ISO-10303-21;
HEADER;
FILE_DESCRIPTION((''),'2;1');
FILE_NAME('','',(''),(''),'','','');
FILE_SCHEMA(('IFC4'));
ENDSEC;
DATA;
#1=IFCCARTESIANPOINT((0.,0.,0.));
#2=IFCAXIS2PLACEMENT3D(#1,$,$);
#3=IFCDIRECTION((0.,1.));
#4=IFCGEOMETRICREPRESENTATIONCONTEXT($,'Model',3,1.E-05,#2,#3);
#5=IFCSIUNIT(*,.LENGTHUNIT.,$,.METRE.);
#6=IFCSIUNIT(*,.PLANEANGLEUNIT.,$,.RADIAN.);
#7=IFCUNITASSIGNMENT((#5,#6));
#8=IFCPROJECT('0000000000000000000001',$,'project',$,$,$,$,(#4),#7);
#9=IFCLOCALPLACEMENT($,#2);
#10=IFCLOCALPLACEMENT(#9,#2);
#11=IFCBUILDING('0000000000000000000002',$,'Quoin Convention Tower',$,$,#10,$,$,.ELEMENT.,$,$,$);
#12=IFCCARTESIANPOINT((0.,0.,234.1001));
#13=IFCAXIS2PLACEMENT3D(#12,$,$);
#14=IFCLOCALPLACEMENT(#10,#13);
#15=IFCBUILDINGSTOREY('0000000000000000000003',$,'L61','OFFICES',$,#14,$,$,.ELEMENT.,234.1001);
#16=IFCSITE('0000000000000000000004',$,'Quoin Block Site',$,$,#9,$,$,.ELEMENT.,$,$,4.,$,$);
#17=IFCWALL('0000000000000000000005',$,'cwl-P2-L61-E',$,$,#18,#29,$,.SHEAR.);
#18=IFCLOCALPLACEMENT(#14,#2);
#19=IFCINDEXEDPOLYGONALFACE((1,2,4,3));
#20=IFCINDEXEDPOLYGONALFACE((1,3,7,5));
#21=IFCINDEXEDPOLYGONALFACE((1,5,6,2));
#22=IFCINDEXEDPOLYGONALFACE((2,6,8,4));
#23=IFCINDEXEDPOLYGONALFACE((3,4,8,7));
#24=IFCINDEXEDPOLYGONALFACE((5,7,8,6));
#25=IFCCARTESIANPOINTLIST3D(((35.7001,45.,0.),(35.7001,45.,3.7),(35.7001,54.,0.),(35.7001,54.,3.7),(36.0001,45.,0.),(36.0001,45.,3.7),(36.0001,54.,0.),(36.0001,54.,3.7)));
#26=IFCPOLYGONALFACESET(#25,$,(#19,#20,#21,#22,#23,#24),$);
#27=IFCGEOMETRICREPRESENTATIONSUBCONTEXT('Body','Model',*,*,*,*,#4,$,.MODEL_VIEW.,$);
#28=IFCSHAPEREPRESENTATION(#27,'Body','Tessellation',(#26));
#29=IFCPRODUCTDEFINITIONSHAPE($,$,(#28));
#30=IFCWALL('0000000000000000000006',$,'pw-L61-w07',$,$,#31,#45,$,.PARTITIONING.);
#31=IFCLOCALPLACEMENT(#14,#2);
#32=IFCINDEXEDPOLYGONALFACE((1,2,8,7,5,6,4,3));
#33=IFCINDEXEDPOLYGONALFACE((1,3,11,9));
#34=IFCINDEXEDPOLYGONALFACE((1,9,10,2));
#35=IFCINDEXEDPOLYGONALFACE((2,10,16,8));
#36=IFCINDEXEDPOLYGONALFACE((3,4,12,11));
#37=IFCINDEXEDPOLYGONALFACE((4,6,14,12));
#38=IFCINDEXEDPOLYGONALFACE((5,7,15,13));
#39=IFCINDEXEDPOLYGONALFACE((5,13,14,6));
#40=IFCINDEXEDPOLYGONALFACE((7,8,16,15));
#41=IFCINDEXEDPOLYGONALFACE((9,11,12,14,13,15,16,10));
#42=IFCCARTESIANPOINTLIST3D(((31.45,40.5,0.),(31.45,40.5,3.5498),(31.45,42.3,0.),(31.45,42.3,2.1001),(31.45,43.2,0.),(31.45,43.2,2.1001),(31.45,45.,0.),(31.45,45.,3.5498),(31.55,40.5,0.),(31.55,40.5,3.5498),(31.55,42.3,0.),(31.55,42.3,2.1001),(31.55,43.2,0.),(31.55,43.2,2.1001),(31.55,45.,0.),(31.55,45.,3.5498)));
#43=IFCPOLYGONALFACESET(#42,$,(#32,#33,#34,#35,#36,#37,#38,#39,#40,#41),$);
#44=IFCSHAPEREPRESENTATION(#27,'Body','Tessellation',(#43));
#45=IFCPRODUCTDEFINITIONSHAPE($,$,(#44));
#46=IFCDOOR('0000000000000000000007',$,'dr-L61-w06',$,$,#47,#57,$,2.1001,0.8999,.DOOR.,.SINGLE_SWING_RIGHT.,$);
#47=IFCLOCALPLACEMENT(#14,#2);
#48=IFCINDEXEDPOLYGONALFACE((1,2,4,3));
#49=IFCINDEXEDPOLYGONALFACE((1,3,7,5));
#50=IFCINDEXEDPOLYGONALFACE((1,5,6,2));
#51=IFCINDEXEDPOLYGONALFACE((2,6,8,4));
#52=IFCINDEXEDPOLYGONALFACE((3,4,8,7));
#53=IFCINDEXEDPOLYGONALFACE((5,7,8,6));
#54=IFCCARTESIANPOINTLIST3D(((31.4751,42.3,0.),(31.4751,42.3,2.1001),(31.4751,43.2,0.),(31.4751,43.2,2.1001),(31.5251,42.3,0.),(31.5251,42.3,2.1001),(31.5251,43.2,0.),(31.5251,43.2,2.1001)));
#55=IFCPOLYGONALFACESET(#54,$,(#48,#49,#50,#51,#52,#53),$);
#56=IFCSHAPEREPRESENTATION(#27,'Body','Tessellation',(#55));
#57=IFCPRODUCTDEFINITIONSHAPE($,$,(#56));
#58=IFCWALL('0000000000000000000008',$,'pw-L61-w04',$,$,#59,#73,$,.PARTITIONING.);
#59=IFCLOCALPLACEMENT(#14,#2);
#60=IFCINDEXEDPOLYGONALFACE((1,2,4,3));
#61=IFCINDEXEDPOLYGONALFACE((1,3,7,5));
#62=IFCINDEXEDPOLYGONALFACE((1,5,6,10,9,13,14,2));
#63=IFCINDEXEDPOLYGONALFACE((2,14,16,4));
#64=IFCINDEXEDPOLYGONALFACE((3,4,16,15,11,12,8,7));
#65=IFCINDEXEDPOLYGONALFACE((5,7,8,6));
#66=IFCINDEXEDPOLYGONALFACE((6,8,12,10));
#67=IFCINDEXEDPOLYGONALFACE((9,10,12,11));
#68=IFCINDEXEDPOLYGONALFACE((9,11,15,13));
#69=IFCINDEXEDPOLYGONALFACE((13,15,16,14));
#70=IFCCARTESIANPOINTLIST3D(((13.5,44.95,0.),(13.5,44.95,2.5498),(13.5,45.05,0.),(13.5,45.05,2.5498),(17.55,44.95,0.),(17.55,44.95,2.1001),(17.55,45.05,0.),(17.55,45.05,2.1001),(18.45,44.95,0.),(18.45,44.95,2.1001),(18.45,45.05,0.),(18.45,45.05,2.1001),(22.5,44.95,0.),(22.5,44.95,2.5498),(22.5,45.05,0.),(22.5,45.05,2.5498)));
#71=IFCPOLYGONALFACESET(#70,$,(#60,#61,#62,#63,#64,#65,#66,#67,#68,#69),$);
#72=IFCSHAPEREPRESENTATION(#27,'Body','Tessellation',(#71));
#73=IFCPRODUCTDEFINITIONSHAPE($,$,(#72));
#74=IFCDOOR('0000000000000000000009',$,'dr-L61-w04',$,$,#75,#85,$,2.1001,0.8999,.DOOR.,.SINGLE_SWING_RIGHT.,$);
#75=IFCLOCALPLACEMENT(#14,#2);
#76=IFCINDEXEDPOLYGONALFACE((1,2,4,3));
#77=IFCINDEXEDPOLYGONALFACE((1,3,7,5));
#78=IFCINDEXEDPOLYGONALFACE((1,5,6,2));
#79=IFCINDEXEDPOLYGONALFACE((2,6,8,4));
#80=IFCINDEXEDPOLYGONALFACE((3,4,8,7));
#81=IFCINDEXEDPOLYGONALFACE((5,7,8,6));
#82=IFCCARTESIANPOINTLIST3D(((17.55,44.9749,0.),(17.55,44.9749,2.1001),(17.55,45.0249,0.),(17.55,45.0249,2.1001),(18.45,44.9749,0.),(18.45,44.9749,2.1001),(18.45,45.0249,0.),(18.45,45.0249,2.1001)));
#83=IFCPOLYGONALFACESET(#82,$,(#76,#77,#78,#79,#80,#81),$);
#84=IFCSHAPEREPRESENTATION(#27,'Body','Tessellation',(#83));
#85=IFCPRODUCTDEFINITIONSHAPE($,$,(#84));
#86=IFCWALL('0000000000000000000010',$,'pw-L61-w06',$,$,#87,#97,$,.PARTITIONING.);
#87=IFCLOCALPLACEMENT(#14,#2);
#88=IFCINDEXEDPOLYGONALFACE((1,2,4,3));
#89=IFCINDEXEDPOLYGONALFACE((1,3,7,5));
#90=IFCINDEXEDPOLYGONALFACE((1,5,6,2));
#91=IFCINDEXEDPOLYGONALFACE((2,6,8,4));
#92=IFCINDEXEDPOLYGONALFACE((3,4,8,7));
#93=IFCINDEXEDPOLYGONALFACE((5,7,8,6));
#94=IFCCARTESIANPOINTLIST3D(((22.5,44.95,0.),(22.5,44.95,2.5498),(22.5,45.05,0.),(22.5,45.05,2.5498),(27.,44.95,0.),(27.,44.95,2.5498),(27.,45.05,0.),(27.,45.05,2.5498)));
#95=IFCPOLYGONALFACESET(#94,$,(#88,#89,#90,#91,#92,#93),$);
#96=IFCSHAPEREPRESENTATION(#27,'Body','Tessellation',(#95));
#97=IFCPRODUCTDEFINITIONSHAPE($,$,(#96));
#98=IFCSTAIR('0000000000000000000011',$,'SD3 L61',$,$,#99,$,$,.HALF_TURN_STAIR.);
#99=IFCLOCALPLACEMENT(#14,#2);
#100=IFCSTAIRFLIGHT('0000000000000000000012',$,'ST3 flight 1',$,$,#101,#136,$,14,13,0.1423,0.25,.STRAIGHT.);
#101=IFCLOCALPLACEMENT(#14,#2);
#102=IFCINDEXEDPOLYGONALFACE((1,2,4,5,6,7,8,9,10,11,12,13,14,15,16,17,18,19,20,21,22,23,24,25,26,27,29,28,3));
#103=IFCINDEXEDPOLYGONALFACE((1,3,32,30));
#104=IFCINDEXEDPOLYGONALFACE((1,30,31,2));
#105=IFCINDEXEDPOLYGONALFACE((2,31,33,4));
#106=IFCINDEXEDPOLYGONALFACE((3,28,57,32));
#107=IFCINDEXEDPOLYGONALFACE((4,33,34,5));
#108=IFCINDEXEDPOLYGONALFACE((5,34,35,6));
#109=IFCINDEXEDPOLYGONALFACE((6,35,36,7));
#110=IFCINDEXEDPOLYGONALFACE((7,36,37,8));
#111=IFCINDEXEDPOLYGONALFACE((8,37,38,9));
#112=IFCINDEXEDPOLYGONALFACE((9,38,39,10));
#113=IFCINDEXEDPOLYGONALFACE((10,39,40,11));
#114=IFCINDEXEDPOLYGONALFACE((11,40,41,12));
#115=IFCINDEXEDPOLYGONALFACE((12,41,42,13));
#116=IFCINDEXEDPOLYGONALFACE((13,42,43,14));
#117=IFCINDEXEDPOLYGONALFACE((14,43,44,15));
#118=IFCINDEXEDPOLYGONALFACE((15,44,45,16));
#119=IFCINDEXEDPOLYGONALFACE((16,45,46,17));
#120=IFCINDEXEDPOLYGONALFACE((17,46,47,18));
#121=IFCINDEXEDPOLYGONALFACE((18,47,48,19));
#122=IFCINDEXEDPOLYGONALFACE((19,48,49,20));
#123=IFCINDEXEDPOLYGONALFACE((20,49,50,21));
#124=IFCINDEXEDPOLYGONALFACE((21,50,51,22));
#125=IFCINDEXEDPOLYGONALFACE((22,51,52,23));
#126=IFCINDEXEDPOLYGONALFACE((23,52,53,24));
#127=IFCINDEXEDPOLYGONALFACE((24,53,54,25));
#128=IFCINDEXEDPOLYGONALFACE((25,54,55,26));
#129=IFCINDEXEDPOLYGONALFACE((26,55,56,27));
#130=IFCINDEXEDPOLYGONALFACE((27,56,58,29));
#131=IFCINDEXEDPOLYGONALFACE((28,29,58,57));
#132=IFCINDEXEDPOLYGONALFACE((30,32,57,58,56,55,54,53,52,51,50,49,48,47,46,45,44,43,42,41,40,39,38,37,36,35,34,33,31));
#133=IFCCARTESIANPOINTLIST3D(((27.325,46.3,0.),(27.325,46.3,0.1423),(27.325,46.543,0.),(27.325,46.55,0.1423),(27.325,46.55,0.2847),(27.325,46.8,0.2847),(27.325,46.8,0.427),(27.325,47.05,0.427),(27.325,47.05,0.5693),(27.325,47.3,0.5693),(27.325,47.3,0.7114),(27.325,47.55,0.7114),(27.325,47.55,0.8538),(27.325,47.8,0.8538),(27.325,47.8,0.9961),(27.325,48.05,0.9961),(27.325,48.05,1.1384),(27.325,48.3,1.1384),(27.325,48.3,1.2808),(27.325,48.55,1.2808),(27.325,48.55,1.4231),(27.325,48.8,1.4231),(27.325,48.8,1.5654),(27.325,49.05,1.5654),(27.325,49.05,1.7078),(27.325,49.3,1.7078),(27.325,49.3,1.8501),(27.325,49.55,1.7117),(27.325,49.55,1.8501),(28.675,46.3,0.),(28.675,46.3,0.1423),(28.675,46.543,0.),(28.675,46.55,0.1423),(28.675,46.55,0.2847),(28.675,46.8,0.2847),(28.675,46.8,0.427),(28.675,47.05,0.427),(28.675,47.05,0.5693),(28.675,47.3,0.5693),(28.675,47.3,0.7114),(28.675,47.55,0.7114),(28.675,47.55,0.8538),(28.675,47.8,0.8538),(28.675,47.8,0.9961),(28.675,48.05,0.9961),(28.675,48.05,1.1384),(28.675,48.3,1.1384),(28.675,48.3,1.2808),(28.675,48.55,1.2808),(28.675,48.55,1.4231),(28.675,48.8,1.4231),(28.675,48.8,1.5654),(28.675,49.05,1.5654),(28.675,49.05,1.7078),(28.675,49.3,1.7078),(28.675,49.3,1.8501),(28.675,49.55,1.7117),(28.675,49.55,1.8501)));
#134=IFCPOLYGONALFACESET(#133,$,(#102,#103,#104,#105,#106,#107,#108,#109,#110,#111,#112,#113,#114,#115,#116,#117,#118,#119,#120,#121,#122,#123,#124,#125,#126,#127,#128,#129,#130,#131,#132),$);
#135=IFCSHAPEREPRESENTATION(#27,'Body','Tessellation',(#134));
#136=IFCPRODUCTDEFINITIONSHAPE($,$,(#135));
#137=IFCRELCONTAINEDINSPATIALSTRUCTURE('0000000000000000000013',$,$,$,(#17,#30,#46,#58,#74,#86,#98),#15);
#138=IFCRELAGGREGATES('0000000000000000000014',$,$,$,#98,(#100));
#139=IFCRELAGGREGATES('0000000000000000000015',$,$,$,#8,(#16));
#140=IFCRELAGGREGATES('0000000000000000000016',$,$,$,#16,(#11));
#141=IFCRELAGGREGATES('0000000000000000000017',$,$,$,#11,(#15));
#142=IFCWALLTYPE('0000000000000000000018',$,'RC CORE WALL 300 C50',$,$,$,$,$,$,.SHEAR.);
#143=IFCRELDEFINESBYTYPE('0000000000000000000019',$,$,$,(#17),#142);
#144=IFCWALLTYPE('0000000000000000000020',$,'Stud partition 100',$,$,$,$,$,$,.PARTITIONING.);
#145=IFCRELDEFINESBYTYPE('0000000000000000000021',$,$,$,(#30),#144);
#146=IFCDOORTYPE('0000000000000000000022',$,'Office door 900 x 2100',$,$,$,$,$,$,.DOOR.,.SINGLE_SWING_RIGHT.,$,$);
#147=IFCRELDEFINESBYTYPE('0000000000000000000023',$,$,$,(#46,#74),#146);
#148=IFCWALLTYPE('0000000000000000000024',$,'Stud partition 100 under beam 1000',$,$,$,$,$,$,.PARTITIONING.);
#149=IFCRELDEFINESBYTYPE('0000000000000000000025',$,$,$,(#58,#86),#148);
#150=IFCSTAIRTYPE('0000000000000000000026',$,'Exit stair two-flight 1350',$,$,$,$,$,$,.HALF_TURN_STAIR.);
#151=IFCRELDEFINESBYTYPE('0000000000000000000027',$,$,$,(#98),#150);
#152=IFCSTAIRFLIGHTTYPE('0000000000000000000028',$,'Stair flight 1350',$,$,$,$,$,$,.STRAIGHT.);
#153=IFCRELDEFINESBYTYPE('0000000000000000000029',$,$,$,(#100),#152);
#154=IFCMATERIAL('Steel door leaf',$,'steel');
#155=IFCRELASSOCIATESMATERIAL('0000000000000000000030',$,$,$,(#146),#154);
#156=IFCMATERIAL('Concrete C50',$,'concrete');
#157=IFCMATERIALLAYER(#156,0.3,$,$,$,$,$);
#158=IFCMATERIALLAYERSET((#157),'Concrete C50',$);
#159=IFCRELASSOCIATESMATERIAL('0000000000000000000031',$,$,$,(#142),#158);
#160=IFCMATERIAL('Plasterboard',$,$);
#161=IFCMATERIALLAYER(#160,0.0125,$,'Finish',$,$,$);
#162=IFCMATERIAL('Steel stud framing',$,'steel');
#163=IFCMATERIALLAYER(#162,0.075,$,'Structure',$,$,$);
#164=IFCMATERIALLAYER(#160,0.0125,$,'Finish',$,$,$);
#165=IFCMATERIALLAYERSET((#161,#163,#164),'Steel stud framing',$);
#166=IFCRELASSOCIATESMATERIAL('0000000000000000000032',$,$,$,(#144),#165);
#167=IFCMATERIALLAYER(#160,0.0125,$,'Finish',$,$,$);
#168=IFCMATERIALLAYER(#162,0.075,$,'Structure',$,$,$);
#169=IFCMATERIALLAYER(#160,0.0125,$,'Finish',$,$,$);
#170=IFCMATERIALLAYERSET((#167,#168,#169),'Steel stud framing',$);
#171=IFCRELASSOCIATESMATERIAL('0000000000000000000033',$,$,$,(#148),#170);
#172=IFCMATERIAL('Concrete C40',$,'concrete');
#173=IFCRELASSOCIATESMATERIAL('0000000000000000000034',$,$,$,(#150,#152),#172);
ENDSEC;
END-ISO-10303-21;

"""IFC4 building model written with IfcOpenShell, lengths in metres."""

from ifc_helpers import new_model, si_unit, direction, frame, frame_2d, origin, place, context, subcontext, project, spatial, polyline, rectangle, outline, extrude, material, layer, layer_set, type_object, element, fill, aggregate, save


model = new_model("IFC4")

# Units and contexts
model_context = context("Model", 3, precision=1e-05, world=origin(), true_north=direction((0.0, 1.0)))
body_context = subcontext(model_context, "Body", "Model", "MODEL_VIEW")
ifc_project = project(units=[si_unit("LENGTHUNIT", "METRE"), si_unit("PLANEANGLEUNIT", "RADIAN")], contexts=[model_context])

# Site, building, storey
site_placement = place(None, origin())
site = spatial("IfcSite", under=ifc_project, at=site_placement, Name="Quoin Block Site", CompositionType="ELEMENT", RefElevation=4.0)
building_placement = place(site_placement, origin())
building = spatial("IfcBuilding", under=site, at=building_placement, Name="Quoin Convention Tower", CompositionType="ELEMENT")
storey_placement = place(building_placement, frame((0.0, 0.0, 234.1001)))
storey = spatial("IfcBuildingStorey", under=building, at=storey_placement, Name="L61", Description="OFFICES", CompositionType="ELEMENT", Elevation=234.1001)

# Shared definitions
ifc_material_1 = material(Name="Concrete C50", Category="concrete")

# Shared definitions
ifc_material_2 = material(Name="Plasterboard")
ifc_material_3 = material(Name="Steel stud framing", Category="steel")
ifc_material_4 = material(Name="Steel door leaf", Category="steel")
door_type_1 = type_object("IfcDoorType", Name="Office door 900 x 2100", OperationType="SINGLE_SWING_RIGHT", PredefinedType="DOOR", material=ifc_material_4)
ifc_layer_1 = layer(ifc_material_1, 0.3)
ifc_layer_set_1 = layer_set([ifc_layer_1], Name="Concrete C50")
wall_type_1 = type_object("IfcWallType", Name="RC CORE WALL 300 C50", PredefinedType="SHEAR", material=ifc_layer_set_1)

# Wall
wall_1_placement = place(storey_placement, frame((35.8501, 45.0, 0.0), z_axis=(0.0, 0.0, 1.0), x_axis=(0.0, 1.0, 0.0)))
element("IfcWall", 1, at=wall_1_placement, inside=storey, type_object=wall_type_1, Name="cwl-P2-L61-E", PredefinedType="SHEAR", context=body_context, shape_type="SweptSolid", body=[
    extrude(rectangle(XDim=9.0, YDim=0.3, at=frame_2d((4.5, 0.0))), origin(), (0.0, 0.0, 1.0), 3.7),
])

# Walls, openings, doors
ifc_layer_2 = layer(ifc_material_2, 0.0125, Name="Finish")
ifc_layer_3 = layer(ifc_material_3, 0.075, Name="Structure")
ifc_layer_4 = layer(ifc_material_2, 0.0125, Name="Finish")
ifc_layer_set_2 = layer_set([ifc_layer_2, ifc_layer_3, ifc_layer_4], Name="Steel stud framing")
wall_type_2 = type_object("IfcWallType", Name="Stud partition 100", PredefinedType="PARTITIONING", material=ifc_layer_set_2)
wall_2_placement = place(storey_placement, frame((31.5, 45.0, 0.0), z_axis=(0.0, 0.0, 1.0), x_axis=(0.0, -1.0, 0.0)))
wall_2 = element("IfcWall", 2, at=wall_2_placement, inside=storey, type_object=wall_type_2, Name="pw-L61-w07", PredefinedType="PARTITIONING", context=body_context, shape_type="SweptSolid", body=[
    extrude(rectangle(XDim=4.5, YDim=0.1001, at=frame_2d((2.25, 0.0))), origin(), (0.0, 0.0, 1.0), 3.5498),
])
opening_1_placement = place(wall_2_placement, frame((1.8, 0.0, 0.0)))
opening_1 = element("IfcOpeningElement", 3, at=opening_1_placement, cuts=wall_2, PredefinedType="OPENING", context=body_context, shape_type="SweptSolid", body=[
    extrude(rectangle(XDim=0.8999, YDim=2.1001, at=frame_2d((0.45, 1.05))), frame((0.0, 0.0601, 0.0), z_axis=(0.0, -1.0, 0.0), x_axis=(1.0, 0.0, 0.0)), (0.0, 0.0, 1.0), 0.1201),
])
door_1_placement = place(opening_1_placement, frame((0.8999, 0.0, 0.0), z_axis=(0.0, 0.0, 1.0), x_axis=(-1.0, 0.0, 0.0)))
door_1 = element("IfcDoor", 4, at=door_1_placement, inside=storey, type_object=door_type_1, Name="dr-L61-w06", OperationType="SINGLE_SWING_RIGHT", OverallHeight=2.1001, OverallWidth=0.8999, PredefinedType="DOOR", context=body_context, shape_type="SweptSolid", body=[
    extrude(rectangle(XDim=0.8999, YDim=2.1001, at=frame_2d((0.45, 1.05))), frame((0.0, 0.0249, 0.0), z_axis=(0.0, -1.0, 0.0), x_axis=(1.0, 0.0, 0.0)), (0.0, 0.0, 1.0), 0.05),
])
fill(opening_1, door_1)
ifc_layer_5 = layer(ifc_material_2, 0.0125, Name="Finish")
ifc_layer_6 = layer(ifc_material_3, 0.075, Name="Structure")
ifc_layer_7 = layer(ifc_material_2, 0.0125, Name="Finish")
ifc_layer_set_3 = layer_set([ifc_layer_5, ifc_layer_6, ifc_layer_7], Name="Steel stud framing")
wall_type_3 = type_object("IfcWallType", Name="Stud partition 100 under beam 1000", PredefinedType="PARTITIONING", material=ifc_layer_set_3)
wall_3_placement = place(storey_placement, frame((22.5, 45.0, 0.0), z_axis=(0.0, 0.0, 1.0), x_axis=(-1.0, 0.0, 0.0)))
wall_3 = element("IfcWall", 5, at=wall_3_placement, inside=storey, type_object=wall_type_3, Name="pw-L61-w04", PredefinedType="PARTITIONING", context=body_context, shape_type="SweptSolid", body=[
    extrude(rectangle(XDim=9.0, YDim=0.1001, at=frame_2d((4.5, 0.0))), origin(), (0.0, 0.0, 1.0), 2.5498),
])
opening_2_placement = place(wall_3_placement, frame((4.05, 0.0, 0.0)))
opening_2 = element("IfcOpeningElement", 6, at=opening_2_placement, cuts=wall_3, PredefinedType="OPENING", context=body_context, shape_type="SweptSolid", body=[
    extrude(rectangle(XDim=0.8999, YDim=2.1001, at=frame_2d((0.45, 1.05))), frame((0.0, 0.0601, 0.0), z_axis=(0.0, -1.0, 0.0), x_axis=(1.0, 0.0, 0.0)), (0.0, 0.0, 1.0), 0.1201),
])
door_2_placement = place(opening_2_placement, frame((0.8999, 0.0, 0.0), z_axis=(0.0, 0.0, 1.0), x_axis=(-1.0, 0.0, 0.0)))
door_2 = element("IfcDoor", 7, at=door_2_placement, inside=storey, type_object=door_type_1, Name="dr-L61-w04", OperationType="SINGLE_SWING_RIGHT", OverallHeight=2.1001, OverallWidth=0.8999, PredefinedType="DOOR", context=body_context, shape_type="SweptSolid", body=[
    extrude(rectangle(XDim=0.8999, YDim=2.1001, at=frame_2d((0.45, 1.05))), frame((0.0, 0.0249, 0.0), z_axis=(0.0, -1.0, 0.0), x_axis=(1.0, 0.0, 0.0)), (0.0, 0.0, 1.0), 0.05),
])
fill(opening_2, door_2)

# Wall
wall_4_placement = place(storey_placement, frame((22.5, 45.0, 0.0), z_axis=(0.0, 0.0, 1.0), x_axis=(1.0, 0.0, 0.0)))
element("IfcWall", 8, at=wall_4_placement, inside=storey, type_object=wall_type_3, Name="pw-L61-w06", PredefinedType="PARTITIONING", context=body_context, shape_type="SweptSolid", body=[
    extrude(rectangle(XDim=4.5, YDim=0.1001, at=frame_2d((2.25, 0.0))), origin(), (0.0, 0.0, 1.0), 2.5498),
])

# Stair, stair flight
ifc_material_5 = material(Name="Concrete C40", Category="concrete")
stair_type = type_object("IfcStairType", Name="Exit stair two-flight 1350", PredefinedType="HALF_TURN_STAIR", material=ifc_material_5)
stair_placement = place(storey_placement, origin())
stair = element("IfcStair", 9, at=stair_placement, inside=storey, type_object=stair_type, Name="SD3 L61", PredefinedType="HALF_TURN_STAIR")
stair_flight_type = type_object("IfcStairFlightType", Name="Stair flight 1350", PredefinedType="STRAIGHT", material=ifc_material_5)
stair_flight_placement = place(storey_placement, frame((28.0, 46.3, 0.0), z_axis=(0.0, 0.0, 1.0), x_axis=(0.0, 1.0, 0.0)))
stair_flight = element("IfcStairFlight", 10, at=stair_flight_placement, type_object=stair_flight_type, Name="ST3 flight 1", NumberOfRisers=14, NumberOfTreads=13, PredefinedType="STRAIGHT", RiserHeight=0.1423, TreadLength=0.25, context=body_context, shape_type="SweptSolid", body=[
    extrude(outline(polyline([(0.0, 0.0), (0.0, 0.1423), (0.25, 0.1423), (0.25, 0.2847), (0.5, 0.2847), (0.5, 0.427), (0.75, 0.427), (0.75, 0.5693), (1.0, 0.5693), (1.0, 0.7114), (1.25, 0.7114), (1.25, 0.8538), (1.5, 0.8538), (1.5, 0.9961), (1.75, 0.9961), (1.75, 1.1384), (2.0, 1.1384), (2.0, 1.2808), (2.25, 1.2808), (2.25, 1.4231), (2.5, 1.4231), (2.5, 1.5654), (2.75, 1.5654), (2.75, 1.7078), (3.0, 1.7078), (3.0, 1.8501), (3.25, 1.8501), (3.25, 1.9922), (3.25, 1.7117), (0.2429, 0.0), (0.0, 0.0)])), frame((0.0, 0.675, 0.0), z_axis=(0.0, -1.0, 0.0), x_axis=(1.0, 0.0, 0.0)), (0.0, 0.0, 1.0), 1.3501),
])
aggregate(stair, [stair_flight])

save(model, "model.ifc")
